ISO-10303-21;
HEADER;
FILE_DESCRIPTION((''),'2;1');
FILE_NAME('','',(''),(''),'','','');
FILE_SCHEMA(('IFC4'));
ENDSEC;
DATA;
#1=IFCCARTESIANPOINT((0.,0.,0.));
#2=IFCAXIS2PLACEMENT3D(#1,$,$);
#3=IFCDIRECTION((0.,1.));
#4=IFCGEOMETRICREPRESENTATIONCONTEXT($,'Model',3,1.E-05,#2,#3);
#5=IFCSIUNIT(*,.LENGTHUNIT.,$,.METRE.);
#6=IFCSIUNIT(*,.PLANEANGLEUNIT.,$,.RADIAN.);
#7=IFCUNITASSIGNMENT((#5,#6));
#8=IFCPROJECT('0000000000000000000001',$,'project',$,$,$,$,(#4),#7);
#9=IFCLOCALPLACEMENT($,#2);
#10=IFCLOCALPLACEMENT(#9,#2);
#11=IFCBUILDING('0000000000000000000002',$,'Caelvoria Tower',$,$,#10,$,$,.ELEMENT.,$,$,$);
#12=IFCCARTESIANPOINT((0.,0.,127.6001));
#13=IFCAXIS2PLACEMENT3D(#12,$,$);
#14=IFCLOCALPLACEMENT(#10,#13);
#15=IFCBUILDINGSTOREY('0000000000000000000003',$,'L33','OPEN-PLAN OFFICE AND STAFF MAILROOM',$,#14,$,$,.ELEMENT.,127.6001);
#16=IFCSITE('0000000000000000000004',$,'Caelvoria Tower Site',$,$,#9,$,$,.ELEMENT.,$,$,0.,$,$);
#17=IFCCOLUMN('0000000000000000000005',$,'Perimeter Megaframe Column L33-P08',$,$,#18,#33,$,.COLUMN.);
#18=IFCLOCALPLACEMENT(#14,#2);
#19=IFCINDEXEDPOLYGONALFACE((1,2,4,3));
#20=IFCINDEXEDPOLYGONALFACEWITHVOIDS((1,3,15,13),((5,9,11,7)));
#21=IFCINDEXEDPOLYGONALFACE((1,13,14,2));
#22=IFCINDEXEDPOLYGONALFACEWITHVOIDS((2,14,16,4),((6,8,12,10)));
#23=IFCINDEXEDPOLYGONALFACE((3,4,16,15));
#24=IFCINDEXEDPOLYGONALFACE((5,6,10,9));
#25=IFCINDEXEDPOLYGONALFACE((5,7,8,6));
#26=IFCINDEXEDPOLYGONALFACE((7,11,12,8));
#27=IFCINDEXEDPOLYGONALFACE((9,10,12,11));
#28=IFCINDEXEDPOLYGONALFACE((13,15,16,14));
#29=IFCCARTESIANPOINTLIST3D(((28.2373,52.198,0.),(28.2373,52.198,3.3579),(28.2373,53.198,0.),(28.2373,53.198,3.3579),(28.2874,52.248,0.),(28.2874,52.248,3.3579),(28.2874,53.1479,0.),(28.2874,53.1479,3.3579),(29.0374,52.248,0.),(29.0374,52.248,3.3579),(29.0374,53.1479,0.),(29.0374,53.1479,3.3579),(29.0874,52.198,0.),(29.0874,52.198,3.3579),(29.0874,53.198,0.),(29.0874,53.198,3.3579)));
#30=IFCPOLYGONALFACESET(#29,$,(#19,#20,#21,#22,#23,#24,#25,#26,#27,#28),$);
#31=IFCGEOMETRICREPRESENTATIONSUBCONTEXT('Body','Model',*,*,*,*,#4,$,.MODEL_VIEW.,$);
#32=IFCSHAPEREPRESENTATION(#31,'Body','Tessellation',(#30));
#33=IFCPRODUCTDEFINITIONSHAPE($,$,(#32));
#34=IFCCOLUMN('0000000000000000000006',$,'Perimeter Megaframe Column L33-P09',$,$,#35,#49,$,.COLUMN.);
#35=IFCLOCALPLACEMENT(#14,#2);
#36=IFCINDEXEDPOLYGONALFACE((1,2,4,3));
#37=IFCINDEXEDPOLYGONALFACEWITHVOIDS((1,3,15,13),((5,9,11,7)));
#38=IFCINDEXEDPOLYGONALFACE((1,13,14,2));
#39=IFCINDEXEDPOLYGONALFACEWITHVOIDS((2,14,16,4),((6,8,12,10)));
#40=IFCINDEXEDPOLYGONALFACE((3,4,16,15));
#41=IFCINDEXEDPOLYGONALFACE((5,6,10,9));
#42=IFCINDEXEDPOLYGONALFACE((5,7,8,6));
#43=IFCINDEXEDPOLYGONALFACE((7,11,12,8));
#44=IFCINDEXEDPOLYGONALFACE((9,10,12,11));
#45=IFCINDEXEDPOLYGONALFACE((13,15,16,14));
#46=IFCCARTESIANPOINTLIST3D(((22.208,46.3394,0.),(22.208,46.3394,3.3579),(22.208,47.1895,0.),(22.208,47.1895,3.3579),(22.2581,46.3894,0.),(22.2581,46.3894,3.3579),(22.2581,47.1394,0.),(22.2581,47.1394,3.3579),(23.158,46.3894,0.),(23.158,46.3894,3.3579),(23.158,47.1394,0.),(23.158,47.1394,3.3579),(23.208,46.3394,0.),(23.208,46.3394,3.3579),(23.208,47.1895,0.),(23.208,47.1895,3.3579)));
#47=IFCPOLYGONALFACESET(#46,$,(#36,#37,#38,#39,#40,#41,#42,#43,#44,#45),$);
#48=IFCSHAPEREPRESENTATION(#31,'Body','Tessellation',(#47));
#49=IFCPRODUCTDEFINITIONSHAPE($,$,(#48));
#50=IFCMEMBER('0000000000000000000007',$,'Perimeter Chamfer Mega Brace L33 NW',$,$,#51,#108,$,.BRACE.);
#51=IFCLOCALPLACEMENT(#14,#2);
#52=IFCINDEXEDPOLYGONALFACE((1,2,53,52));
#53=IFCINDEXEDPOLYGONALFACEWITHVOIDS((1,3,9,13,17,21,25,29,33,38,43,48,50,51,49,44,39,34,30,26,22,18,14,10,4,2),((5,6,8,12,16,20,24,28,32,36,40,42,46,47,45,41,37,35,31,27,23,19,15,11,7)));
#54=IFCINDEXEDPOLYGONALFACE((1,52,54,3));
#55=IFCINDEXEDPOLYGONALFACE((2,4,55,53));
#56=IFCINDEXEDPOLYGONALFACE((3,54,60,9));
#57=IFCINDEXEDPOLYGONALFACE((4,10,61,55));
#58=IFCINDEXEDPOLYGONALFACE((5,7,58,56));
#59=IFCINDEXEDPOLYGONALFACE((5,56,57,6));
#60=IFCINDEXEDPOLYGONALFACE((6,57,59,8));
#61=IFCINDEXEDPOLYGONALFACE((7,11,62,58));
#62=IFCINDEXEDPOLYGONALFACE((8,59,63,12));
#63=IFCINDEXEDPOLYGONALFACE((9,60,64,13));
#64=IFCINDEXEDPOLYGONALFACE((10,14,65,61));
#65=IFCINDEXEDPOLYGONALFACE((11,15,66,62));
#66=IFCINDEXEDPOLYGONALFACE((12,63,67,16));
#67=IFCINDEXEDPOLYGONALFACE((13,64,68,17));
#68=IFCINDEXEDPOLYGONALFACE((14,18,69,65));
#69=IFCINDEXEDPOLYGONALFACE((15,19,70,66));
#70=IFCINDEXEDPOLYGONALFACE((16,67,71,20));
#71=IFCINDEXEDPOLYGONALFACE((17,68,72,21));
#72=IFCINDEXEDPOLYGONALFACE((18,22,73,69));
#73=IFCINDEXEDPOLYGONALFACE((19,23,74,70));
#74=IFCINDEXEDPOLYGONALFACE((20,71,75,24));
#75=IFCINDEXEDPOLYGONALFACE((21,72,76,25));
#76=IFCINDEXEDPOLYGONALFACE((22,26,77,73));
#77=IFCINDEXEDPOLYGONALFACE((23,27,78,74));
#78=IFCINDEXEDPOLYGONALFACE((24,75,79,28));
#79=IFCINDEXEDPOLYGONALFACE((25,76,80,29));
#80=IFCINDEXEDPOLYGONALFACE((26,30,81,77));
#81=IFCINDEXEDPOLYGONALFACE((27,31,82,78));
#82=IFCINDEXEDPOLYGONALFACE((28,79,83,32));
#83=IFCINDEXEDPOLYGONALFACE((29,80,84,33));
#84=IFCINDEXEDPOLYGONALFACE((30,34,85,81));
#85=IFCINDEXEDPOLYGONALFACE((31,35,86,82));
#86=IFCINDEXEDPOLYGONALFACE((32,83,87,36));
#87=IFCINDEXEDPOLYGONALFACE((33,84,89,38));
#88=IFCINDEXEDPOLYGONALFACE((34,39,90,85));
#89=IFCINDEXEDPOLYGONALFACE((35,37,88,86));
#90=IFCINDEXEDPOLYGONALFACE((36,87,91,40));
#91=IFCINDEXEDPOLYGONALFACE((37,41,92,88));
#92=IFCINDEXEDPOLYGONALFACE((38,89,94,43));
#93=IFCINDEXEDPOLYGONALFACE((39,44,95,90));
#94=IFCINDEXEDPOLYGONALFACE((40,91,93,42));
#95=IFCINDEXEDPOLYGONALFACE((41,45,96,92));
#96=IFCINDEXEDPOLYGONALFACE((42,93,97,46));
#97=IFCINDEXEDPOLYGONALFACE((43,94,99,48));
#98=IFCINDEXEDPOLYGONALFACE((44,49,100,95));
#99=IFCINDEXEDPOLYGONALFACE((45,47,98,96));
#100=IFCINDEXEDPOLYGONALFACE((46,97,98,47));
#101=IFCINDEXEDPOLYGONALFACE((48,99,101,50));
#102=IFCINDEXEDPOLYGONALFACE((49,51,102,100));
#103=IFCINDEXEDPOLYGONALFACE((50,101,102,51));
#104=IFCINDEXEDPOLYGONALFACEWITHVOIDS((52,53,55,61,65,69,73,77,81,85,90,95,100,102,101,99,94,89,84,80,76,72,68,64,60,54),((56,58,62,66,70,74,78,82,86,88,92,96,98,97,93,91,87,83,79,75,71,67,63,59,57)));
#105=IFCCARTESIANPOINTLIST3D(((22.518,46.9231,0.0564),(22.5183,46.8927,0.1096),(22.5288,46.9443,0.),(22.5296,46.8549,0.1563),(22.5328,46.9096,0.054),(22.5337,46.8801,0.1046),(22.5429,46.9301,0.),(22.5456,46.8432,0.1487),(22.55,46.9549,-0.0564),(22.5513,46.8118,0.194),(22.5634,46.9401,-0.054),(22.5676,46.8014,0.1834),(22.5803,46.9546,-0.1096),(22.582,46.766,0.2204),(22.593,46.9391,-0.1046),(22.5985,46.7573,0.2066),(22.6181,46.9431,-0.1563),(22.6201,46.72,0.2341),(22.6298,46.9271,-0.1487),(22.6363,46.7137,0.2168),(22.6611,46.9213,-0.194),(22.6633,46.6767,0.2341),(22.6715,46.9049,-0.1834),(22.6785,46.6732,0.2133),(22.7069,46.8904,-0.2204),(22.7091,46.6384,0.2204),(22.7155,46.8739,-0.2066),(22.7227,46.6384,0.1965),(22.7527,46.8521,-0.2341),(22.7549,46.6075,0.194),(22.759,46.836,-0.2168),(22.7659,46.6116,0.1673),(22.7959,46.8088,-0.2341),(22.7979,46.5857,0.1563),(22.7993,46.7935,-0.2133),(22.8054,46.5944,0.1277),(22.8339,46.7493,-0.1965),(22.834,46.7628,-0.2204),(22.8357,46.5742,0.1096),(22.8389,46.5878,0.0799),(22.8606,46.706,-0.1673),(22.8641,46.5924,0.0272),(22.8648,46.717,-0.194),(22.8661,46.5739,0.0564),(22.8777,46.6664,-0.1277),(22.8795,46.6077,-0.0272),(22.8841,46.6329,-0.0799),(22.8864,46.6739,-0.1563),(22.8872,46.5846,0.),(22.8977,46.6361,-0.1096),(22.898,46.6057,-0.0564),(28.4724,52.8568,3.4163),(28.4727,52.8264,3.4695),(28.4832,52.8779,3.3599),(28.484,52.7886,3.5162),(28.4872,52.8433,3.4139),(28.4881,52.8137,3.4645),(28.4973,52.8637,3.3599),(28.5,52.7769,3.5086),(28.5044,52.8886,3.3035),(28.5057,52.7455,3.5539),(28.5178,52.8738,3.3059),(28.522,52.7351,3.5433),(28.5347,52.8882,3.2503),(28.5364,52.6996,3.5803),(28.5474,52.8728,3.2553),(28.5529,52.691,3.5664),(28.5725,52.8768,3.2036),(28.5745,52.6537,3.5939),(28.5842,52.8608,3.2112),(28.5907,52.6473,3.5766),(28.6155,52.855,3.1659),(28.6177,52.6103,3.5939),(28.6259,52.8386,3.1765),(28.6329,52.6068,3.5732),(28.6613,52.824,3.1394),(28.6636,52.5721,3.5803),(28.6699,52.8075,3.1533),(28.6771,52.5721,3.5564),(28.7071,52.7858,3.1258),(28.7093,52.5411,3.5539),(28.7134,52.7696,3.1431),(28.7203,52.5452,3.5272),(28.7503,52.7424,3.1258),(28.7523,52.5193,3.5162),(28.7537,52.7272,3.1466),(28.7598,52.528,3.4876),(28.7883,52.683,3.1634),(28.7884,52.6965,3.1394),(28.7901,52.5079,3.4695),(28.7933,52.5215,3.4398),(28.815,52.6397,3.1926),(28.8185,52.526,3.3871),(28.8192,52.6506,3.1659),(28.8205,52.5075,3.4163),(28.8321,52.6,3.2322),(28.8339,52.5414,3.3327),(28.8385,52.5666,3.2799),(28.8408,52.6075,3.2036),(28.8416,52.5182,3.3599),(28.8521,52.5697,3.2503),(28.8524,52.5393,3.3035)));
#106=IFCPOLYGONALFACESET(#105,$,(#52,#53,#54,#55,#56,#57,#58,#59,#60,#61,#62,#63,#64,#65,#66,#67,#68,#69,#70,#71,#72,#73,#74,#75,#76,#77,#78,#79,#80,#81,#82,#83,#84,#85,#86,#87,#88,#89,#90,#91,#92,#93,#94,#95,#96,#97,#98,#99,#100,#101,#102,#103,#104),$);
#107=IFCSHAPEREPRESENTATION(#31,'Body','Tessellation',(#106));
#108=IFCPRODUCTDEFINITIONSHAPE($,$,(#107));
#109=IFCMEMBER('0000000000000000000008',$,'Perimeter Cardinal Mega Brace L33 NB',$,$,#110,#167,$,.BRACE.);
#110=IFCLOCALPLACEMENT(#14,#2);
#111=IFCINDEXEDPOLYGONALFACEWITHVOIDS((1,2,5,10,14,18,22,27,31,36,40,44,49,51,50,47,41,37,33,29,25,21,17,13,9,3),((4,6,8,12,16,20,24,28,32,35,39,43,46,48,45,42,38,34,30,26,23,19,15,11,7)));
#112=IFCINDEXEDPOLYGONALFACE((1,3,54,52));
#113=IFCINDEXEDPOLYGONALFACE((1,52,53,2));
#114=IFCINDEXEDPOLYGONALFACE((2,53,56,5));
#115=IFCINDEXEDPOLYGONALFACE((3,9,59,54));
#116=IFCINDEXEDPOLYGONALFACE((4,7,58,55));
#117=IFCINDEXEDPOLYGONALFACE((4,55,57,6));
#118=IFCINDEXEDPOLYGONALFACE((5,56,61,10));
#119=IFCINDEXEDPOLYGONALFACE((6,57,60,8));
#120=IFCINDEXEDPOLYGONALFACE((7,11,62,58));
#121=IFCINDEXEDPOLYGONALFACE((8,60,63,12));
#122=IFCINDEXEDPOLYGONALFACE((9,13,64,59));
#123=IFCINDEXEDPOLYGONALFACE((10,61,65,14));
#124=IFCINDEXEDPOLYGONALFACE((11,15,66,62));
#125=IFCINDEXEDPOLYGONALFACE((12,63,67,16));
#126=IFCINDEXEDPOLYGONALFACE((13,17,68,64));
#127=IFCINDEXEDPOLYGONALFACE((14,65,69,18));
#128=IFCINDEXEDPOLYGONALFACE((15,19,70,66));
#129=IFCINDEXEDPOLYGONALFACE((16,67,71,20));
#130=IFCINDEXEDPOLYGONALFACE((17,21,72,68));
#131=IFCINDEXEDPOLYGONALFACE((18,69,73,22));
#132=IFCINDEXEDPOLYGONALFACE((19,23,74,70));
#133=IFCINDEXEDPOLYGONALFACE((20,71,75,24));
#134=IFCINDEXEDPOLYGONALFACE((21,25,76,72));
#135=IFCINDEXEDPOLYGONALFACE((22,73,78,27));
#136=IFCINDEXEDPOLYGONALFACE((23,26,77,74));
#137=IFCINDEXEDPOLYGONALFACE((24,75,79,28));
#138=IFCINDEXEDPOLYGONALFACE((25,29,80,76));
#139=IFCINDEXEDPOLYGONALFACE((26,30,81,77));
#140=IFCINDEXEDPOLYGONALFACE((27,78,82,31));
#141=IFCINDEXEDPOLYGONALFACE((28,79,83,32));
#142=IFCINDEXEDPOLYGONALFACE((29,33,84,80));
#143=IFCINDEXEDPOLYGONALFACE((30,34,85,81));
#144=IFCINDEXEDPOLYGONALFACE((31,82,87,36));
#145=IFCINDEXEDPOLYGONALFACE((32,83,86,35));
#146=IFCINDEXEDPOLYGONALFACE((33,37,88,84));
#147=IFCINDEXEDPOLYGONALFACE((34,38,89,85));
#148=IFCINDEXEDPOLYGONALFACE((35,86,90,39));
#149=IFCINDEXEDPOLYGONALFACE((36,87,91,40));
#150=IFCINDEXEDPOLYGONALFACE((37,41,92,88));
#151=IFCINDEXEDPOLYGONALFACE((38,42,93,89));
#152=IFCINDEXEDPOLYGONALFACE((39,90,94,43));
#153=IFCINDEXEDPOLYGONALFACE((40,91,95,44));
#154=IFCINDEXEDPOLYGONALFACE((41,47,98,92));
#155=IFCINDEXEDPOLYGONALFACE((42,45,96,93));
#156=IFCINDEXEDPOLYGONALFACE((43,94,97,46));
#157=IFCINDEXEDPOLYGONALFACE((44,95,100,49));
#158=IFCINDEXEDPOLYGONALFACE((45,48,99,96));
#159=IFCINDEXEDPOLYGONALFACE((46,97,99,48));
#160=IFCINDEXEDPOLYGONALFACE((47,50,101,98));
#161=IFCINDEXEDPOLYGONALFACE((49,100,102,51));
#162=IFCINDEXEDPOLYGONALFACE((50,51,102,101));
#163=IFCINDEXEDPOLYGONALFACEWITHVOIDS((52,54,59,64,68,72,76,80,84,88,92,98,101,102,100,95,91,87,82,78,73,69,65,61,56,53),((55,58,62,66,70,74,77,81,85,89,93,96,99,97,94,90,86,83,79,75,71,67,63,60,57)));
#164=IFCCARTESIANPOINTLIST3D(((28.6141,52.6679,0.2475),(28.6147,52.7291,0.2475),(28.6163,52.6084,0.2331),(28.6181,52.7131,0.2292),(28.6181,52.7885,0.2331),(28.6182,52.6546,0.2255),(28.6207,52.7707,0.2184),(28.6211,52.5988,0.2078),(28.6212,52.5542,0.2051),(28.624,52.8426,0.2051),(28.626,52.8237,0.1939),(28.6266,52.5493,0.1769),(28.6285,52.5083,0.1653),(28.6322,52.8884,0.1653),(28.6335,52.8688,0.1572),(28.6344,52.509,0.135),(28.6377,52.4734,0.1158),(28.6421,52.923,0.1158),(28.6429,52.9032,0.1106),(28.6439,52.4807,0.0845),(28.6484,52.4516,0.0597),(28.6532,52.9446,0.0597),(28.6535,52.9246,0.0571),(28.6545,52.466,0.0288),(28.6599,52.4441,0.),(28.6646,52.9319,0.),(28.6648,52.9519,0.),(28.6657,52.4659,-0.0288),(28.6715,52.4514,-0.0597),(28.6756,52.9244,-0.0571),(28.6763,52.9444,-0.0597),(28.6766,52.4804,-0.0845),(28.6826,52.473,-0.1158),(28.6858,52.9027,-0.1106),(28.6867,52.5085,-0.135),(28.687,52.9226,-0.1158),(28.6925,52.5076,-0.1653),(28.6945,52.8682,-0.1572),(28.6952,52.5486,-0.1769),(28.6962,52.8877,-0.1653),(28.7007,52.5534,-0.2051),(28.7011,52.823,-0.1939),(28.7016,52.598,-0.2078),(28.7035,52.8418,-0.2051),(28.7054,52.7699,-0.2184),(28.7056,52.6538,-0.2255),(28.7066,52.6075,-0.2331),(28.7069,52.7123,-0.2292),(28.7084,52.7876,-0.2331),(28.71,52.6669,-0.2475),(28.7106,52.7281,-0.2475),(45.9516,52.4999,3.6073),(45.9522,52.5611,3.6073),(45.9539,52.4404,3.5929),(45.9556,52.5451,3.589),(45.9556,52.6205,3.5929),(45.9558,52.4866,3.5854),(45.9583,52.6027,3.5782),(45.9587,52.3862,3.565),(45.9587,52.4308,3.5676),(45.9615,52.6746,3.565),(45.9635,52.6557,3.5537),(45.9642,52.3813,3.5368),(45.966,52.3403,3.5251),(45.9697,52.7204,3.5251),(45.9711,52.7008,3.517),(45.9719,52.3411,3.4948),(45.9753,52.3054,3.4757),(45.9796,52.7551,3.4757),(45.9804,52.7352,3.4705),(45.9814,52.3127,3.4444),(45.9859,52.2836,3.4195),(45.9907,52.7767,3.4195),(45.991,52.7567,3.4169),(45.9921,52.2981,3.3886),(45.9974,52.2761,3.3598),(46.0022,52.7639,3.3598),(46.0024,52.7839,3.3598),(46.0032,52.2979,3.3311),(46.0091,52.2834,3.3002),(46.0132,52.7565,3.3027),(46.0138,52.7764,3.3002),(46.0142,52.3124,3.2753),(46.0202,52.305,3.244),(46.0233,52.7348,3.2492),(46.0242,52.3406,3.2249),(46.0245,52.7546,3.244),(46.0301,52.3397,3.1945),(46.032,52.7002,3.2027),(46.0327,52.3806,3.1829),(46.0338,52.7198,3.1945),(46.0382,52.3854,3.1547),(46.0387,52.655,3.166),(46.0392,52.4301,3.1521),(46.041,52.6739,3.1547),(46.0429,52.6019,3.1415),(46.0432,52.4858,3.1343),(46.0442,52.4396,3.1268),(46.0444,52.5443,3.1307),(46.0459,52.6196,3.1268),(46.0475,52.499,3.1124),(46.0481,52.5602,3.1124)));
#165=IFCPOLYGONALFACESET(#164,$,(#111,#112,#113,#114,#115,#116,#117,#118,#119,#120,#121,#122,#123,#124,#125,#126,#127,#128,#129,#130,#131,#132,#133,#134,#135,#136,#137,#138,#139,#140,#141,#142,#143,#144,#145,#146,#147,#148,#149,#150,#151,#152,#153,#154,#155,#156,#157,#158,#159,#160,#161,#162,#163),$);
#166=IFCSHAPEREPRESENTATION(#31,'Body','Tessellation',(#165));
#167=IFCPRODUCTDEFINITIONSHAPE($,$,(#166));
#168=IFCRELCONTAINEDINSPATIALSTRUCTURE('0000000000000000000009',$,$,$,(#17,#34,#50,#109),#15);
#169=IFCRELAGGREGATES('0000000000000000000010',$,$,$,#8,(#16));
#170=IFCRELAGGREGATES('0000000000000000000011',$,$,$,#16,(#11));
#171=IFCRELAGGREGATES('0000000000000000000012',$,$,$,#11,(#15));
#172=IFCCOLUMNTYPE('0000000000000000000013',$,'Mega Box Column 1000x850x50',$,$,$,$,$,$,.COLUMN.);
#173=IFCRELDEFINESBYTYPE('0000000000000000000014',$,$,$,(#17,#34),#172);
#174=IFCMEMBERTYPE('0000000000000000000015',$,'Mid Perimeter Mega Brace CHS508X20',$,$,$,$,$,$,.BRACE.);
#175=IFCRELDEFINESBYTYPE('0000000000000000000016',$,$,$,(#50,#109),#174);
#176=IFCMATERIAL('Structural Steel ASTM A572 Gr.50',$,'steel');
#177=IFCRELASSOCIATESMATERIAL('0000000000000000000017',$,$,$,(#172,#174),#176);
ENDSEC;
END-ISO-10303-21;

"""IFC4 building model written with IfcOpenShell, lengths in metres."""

from ifc_helpers import new_model, si_unit, direction, frame, origin, origin_2d, place, context, subcontext, project, spatial, hollow_rectangle, hollow_circle, extrude, material, material_profile, profile_set, type_object, element, save


model = new_model("IFC4")

# Units and contexts
model_context = context("Model", 3, precision=1e-05, world=origin(), true_north=direction((0.0, 1.0)))
body_context = subcontext(model_context, "Body", "Model", "MODEL_VIEW")
ifc_project = project(units=[si_unit("LENGTHUNIT", "METRE"), si_unit("PLANEANGLEUNIT", "RADIAN")], contexts=[model_context])

# Site, building, storey
site_placement = place(None, origin())
site = spatial("IfcSite", under=ifc_project, at=site_placement, Name="Caelvoria Tower Site", CompositionType="ELEMENT", RefElevation=0.0)
building_placement = place(site_placement, origin())
building = spatial("IfcBuilding", under=site, at=building_placement, Name="Caelvoria Tower", CompositionType="ELEMENT")
storey_placement = place(building_placement, frame((0.0, 0.0, 127.6001)))
storey = spatial("IfcBuildingStorey", under=building, at=storey_placement, Name="L33", Description="OPEN-PLAN OFFICE AND STAFF MAILROOM", CompositionType="ELEMENT", Elevation=127.6001)

# Columns
ifc_material_1 = material(Name="Structural Steel ASTM A572 Gr.50", Category="steel")
ifc_material_profile_1 = material_profile(ifc_material_1, hollow_rectangle(XDim=0.8501, YDim=1.0, WallThickness=0.05, at=origin_2d()), Name="Structural Steel ASTM A572 Gr.50")
ifc_profile_set_1 = profile_set([ifc_material_profile_1], Name="BOX1000X850X50 - Structural Steel ASTM A572 Gr.50")
column_type = type_object("IfcColumnType", Name="Mega Box Column 1000x850x50", PredefinedType="COLUMN", material=ifc_profile_set_1)
for number, where, z_axis, x_axis, name in (
    (1, (28.6624, 52.698, 0.0), (0.0, 0.0, 1.0), (1.0, 0.0, 0.0), "Perimeter Megaframe Column L33-P08"),
    (2, (22.708, 46.7644, 0.0), (0.0, 0.0, 1.0), (0.0, 1.0, 0.0), "Perimeter Megaframe Column L33-P09"),
):
    element("IfcColumn", number, at=place(storey_placement, frame(where, z_axis=z_axis, x_axis=x_axis)), inside=storey, type_object=column_type, Name=name, PredefinedType="COLUMN", context=body_context, shape_type="SweptSolid", body=[
        extrude(hollow_rectangle(XDim=0.8501, YDim=1.0, WallThickness=0.05, at=origin_2d()), origin(), (0.0, 0.0, 1.0), 3.3579),
    ])

# Members
ifc_material_profile_2 = material_profile(ifc_material_1, hollow_circle(Radius=0.2539, WallThickness=0.02, at=origin_2d()), Name="Structural Steel ASTM A572 Gr.50")
ifc_profile_set_2 = profile_set([ifc_material_profile_2], Name="CHS508X20 - Structural Steel ASTM A572 Gr.50")
member_type = type_object("IfcMemberType", Name="Mid Perimeter Mega Brace CHS508X20", PredefinedType="BRACE", material=ifc_profile_set_2)
member_1_placement = place(storey_placement, frame((22.708, 46.7644, 0.0), z_axis=(0.657746, 0.655454, 0.371147), x_axis=(-0.705871, 0.70834, 0.0)))
element("IfcMember", 3, at=member_1_placement, inside=storey, type_object=member_type, Name="Perimeter Chamfer Mega Brace L33 NW", PredefinedType="BRACE", context=body_context, shape_type="SweptSolid", body=[
    extrude(hollow_circle(Radius=0.2539, WallThickness=0.02, at=origin_2d()), origin(), (0.0, 0.0, 1.0), 9.0527),
])
member_2_placement = place(storey_placement, frame((28.6624, 52.698, 0.0), z_axis=(0.981691, -0.009511, 0.190242), x_axis=(0.009688, 0.999953, 0.0)))
element("IfcMember", 4, at=member_2_placement, inside=storey, type_object=member_type, Name="Perimeter Cardinal Mega Brace L33 NB", PredefinedType="BRACE", context=body_context, shape_type="SweptSolid", body=[
    extrude(hollow_circle(Radius=0.2539, WallThickness=0.02, at=origin_2d()), origin(), (0.0, 0.0, 1.0), 17.6609),
])

save(model, "model.ifc")
